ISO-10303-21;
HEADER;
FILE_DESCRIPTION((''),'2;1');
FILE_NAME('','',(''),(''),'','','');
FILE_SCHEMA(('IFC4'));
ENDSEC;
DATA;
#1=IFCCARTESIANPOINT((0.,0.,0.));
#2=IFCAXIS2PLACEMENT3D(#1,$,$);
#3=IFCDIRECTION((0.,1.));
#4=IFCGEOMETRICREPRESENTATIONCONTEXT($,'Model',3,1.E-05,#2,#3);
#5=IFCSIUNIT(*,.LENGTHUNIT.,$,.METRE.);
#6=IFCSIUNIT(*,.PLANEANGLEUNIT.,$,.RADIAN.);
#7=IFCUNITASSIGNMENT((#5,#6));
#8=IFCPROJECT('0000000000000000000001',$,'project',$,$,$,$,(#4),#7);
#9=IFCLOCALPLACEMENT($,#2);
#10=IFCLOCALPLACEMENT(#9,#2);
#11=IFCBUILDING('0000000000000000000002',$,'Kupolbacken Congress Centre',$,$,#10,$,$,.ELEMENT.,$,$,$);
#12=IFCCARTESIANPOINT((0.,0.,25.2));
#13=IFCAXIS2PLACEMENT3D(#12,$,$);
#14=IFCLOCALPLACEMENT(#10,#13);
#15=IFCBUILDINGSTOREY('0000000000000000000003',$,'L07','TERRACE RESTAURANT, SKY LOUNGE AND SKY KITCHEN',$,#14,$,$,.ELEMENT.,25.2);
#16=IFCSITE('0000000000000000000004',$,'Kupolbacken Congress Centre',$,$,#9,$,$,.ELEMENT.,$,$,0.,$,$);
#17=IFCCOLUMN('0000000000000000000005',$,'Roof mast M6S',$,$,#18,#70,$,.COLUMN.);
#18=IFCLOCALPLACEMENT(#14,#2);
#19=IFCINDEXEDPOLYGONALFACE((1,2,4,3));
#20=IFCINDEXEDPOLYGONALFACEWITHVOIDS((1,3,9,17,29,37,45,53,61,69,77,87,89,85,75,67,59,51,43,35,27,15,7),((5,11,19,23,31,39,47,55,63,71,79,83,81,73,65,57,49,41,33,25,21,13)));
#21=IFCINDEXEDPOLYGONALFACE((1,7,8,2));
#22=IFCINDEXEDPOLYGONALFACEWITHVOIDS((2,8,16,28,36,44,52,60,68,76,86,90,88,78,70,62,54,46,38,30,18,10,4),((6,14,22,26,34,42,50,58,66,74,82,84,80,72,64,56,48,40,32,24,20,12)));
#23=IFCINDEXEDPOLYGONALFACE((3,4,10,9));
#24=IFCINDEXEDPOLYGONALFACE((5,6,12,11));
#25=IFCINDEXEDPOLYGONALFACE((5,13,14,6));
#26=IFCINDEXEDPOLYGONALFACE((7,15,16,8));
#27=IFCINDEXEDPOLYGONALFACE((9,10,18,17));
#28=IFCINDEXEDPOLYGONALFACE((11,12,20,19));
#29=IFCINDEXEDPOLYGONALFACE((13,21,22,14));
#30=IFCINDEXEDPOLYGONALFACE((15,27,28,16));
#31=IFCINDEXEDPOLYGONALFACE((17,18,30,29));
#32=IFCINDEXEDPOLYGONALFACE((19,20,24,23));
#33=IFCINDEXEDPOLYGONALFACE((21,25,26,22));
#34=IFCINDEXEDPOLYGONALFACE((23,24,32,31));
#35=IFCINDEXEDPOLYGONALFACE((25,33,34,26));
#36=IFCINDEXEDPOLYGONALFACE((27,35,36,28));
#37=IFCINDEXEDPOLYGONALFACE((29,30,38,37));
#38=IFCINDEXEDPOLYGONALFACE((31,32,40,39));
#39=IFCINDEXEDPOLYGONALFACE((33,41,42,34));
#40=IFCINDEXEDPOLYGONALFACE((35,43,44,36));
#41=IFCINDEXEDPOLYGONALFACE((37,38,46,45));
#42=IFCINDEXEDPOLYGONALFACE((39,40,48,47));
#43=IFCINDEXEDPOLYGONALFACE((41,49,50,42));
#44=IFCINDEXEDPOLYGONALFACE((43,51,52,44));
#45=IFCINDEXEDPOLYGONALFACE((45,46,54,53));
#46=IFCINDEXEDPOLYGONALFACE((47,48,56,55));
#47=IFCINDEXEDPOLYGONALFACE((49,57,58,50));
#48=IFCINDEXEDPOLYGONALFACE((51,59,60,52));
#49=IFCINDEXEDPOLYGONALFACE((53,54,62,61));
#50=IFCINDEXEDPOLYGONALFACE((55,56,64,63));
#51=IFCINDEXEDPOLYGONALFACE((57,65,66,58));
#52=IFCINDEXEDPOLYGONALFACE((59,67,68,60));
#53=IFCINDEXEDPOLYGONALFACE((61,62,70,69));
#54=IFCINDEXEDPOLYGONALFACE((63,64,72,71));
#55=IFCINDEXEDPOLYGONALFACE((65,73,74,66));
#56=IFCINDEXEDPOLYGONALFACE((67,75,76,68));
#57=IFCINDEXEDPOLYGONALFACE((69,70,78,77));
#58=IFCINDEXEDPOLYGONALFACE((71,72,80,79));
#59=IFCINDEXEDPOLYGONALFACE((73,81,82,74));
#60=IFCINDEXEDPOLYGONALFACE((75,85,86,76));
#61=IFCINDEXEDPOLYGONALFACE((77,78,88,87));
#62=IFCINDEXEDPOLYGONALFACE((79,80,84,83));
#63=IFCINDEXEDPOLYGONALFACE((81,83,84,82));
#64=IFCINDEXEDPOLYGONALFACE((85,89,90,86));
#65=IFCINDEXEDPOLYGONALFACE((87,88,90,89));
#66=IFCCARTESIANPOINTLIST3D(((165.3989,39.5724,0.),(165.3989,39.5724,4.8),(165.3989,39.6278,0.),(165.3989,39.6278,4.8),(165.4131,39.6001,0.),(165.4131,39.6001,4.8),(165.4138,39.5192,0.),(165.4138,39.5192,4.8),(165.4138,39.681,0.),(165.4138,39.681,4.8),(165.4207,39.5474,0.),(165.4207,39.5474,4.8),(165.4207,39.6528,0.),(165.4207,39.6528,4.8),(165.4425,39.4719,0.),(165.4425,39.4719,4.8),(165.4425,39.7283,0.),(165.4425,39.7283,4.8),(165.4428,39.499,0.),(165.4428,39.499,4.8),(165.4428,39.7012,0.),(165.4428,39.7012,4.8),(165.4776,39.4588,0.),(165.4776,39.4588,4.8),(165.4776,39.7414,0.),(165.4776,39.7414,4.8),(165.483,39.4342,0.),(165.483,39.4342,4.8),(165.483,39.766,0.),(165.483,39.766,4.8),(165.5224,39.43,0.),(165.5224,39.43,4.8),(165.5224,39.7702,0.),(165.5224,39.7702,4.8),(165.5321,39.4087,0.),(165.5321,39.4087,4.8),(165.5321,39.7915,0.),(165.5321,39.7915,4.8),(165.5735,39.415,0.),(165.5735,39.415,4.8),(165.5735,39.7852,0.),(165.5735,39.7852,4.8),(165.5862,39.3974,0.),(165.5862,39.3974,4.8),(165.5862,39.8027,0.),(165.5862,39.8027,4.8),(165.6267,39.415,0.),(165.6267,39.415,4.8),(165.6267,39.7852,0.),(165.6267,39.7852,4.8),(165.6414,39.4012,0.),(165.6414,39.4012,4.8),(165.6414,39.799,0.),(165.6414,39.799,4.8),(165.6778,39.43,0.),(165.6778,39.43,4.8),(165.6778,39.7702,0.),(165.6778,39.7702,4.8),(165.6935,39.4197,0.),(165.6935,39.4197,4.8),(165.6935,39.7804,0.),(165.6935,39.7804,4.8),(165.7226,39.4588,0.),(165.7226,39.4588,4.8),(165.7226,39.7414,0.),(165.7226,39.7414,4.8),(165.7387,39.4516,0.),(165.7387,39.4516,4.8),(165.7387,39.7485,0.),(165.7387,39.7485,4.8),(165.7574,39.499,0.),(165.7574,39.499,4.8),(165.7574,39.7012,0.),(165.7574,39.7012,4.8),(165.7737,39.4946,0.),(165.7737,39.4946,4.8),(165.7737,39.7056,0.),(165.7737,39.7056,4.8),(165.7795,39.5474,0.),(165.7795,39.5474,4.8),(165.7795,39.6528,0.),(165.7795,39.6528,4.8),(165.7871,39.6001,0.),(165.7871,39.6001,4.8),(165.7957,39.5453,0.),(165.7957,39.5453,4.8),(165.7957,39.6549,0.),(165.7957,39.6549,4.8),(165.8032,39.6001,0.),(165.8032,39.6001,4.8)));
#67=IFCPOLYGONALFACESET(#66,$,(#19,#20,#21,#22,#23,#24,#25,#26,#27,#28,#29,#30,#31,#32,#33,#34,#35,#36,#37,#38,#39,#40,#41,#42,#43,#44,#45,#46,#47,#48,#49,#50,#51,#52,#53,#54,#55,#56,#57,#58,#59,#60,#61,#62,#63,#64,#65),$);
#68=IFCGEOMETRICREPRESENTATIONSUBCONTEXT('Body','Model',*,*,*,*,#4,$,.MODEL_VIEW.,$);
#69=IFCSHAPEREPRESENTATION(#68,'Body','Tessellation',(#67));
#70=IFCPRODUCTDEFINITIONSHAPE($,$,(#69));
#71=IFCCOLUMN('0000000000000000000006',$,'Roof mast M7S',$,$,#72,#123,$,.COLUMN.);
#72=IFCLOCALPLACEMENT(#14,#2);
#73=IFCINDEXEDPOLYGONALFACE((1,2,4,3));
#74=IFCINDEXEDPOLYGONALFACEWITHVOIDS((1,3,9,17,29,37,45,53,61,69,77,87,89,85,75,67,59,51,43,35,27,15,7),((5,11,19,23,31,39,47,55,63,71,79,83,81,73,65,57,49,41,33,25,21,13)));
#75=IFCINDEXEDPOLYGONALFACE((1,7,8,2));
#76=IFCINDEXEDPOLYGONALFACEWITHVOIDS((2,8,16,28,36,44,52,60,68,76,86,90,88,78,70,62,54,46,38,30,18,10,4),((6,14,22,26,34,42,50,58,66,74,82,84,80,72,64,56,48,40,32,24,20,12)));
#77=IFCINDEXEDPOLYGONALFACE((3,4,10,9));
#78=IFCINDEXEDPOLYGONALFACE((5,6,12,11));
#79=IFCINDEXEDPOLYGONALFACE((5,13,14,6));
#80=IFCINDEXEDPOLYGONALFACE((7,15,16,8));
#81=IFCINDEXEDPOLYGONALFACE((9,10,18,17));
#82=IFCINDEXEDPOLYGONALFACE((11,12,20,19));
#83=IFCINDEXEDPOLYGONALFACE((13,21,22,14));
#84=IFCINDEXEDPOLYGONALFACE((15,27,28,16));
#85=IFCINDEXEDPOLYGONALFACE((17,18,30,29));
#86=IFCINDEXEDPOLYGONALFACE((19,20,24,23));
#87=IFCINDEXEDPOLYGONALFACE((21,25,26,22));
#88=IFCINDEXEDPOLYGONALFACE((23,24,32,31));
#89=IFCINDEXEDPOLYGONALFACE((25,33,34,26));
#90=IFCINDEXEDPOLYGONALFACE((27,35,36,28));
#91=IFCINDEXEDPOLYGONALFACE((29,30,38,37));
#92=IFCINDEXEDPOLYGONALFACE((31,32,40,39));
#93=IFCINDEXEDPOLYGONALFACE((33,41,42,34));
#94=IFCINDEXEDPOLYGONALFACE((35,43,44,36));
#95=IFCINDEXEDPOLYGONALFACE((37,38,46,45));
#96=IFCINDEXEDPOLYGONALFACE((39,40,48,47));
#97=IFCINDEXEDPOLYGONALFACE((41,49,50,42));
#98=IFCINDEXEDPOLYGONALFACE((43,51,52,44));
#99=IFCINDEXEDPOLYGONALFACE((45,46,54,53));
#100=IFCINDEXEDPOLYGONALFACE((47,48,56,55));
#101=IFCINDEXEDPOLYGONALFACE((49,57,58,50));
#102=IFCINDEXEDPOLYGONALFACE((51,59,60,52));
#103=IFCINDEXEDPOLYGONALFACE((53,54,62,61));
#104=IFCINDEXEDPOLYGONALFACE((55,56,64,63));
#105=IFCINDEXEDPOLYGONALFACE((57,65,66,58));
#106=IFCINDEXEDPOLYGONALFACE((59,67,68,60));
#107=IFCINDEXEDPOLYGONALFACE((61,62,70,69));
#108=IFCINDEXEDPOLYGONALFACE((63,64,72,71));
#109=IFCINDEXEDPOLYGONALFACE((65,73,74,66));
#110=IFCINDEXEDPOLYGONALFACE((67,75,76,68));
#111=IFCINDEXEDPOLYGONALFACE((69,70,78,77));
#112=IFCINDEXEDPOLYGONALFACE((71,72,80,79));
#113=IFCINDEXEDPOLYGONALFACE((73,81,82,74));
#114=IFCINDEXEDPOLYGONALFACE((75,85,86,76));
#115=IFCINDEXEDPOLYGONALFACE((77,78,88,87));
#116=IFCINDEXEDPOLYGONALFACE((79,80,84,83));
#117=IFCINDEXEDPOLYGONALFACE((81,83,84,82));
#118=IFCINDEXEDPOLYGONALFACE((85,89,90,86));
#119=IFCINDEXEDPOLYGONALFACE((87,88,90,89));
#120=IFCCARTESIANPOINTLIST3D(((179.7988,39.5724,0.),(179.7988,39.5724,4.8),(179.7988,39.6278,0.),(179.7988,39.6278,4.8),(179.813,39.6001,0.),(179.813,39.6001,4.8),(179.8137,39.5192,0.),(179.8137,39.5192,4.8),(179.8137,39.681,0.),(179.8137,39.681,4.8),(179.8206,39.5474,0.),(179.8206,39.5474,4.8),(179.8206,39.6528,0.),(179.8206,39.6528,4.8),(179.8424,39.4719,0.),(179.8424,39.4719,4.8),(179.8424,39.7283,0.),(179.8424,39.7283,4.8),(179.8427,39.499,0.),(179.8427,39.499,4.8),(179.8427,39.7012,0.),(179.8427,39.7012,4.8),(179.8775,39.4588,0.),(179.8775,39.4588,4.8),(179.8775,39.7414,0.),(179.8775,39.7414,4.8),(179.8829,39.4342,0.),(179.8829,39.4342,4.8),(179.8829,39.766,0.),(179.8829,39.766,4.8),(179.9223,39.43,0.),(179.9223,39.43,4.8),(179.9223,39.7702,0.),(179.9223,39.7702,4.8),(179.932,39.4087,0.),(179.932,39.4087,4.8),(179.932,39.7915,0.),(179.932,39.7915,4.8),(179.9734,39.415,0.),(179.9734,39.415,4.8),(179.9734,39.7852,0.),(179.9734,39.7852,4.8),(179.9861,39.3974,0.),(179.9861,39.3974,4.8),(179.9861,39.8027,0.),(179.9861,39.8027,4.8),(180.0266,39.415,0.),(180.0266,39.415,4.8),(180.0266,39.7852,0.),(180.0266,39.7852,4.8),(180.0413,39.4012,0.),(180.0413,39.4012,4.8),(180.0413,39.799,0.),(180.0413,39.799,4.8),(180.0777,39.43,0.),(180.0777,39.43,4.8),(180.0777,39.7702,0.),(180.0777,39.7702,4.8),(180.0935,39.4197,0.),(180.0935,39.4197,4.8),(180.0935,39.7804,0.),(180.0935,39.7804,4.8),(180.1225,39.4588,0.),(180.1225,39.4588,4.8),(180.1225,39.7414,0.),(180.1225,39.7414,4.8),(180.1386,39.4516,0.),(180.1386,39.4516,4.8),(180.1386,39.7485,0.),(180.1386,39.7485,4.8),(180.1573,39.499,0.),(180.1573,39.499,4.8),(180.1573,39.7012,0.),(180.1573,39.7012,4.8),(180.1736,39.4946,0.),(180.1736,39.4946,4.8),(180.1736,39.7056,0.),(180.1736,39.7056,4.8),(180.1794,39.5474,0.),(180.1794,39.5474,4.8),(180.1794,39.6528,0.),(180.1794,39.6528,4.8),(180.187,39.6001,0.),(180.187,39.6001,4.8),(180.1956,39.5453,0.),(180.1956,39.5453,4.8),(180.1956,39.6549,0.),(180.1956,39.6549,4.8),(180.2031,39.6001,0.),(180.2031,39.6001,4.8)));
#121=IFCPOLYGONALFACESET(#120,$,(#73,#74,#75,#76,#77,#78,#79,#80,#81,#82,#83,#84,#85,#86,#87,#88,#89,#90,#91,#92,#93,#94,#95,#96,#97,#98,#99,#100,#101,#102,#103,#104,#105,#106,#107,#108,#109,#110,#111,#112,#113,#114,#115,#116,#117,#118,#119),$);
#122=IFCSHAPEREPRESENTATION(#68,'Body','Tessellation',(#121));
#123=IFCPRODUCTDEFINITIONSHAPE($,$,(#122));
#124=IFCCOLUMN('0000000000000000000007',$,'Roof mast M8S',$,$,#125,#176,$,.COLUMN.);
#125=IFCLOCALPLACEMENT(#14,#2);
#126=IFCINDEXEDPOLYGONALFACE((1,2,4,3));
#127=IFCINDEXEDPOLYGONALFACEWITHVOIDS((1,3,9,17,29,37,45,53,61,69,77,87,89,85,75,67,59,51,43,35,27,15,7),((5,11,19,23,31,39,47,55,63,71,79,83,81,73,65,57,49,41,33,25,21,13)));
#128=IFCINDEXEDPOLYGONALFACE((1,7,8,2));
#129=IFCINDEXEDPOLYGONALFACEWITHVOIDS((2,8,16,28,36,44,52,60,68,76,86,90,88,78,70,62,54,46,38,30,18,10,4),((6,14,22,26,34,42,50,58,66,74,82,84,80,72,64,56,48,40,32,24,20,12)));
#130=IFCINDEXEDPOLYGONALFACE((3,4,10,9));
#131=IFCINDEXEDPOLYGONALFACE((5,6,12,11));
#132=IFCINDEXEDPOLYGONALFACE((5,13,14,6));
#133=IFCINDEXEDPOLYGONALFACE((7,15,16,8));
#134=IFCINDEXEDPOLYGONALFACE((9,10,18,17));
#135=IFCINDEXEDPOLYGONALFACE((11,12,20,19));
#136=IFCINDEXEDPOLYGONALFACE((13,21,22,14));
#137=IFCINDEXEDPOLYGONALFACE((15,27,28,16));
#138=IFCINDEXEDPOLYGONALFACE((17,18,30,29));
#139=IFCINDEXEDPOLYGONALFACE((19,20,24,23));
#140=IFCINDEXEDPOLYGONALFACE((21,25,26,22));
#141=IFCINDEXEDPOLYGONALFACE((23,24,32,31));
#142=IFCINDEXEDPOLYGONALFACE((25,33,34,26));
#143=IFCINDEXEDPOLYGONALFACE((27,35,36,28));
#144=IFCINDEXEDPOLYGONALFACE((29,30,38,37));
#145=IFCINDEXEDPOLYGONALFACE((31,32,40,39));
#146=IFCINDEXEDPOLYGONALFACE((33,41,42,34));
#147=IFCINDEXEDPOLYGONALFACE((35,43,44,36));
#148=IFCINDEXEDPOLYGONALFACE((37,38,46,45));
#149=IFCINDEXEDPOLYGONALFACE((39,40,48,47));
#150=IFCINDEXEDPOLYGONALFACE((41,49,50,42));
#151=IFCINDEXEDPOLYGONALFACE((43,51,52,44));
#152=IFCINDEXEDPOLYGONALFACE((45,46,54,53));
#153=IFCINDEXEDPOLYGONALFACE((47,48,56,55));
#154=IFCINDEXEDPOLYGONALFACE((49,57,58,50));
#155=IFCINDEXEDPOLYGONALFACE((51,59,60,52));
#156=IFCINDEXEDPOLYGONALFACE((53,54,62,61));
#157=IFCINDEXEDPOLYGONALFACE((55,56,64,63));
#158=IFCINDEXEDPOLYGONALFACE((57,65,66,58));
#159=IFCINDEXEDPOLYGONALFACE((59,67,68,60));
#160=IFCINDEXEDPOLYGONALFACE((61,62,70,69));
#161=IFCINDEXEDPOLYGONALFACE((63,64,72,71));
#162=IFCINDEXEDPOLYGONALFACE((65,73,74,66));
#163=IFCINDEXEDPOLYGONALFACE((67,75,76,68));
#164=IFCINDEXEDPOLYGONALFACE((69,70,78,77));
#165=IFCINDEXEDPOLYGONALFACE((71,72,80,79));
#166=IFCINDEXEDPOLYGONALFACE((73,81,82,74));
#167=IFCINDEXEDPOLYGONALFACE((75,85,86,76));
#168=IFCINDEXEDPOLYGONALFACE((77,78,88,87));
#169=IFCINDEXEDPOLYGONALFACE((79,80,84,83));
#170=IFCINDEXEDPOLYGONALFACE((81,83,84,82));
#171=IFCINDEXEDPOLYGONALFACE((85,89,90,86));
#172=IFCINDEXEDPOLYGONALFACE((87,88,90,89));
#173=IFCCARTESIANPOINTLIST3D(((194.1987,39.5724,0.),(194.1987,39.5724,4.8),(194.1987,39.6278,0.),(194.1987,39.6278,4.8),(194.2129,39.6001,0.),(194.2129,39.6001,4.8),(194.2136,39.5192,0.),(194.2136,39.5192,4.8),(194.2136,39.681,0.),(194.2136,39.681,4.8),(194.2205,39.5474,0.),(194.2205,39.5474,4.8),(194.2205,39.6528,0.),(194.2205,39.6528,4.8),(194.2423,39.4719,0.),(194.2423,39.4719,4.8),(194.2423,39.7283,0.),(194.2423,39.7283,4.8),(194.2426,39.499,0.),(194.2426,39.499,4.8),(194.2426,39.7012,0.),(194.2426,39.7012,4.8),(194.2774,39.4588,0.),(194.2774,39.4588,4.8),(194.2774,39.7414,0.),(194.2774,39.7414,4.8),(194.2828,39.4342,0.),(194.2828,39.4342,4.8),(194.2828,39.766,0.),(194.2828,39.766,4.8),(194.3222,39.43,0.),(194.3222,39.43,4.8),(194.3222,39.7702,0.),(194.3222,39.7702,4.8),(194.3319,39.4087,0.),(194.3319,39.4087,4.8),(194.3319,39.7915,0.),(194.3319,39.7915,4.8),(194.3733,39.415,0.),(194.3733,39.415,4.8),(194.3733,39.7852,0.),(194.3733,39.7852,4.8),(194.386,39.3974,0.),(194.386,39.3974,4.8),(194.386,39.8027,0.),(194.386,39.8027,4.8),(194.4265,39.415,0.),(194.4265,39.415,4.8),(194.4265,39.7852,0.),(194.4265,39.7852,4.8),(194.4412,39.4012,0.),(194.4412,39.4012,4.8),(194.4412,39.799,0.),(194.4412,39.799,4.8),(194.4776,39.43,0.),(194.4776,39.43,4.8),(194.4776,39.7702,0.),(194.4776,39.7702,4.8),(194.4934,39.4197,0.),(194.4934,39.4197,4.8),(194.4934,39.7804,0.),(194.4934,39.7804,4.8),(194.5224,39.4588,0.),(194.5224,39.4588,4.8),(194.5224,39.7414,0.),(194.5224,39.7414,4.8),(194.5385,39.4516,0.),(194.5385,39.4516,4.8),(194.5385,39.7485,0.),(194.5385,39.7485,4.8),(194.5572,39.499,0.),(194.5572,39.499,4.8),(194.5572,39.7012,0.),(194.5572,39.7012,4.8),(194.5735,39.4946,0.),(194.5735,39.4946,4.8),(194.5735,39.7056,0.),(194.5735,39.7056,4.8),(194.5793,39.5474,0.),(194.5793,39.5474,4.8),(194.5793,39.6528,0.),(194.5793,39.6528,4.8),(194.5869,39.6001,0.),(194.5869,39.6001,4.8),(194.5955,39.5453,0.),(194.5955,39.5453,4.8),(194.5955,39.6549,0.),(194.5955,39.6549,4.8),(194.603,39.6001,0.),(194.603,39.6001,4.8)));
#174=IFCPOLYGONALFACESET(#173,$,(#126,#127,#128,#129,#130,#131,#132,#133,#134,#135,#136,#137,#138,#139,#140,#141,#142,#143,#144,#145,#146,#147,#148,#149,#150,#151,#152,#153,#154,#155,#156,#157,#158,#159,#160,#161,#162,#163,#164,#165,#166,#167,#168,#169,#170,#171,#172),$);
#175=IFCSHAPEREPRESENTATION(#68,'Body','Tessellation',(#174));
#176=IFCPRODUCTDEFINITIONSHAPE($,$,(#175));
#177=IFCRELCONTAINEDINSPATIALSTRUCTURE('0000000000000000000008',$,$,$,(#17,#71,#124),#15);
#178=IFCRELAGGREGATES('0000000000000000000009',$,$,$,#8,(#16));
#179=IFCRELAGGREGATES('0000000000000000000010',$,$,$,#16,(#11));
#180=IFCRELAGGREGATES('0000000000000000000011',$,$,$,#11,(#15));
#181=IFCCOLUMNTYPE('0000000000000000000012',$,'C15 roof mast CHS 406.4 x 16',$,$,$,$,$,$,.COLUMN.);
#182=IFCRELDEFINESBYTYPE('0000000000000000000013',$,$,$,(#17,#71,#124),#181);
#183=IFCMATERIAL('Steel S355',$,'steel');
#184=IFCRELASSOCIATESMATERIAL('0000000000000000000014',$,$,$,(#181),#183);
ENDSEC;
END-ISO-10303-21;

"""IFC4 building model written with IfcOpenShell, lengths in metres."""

from ifc_helpers import new_model, si_unit, direction, frame, origin, origin_2d, place, context, subcontext, project, spatial, hollow_circle, extrude, material, material_profile, profile_set, type_object, element, save


model = new_model("IFC4")

# Units and contexts
model_context = context("Model", 3, precision=1e-05, world=origin(), true_north=direction((0.0, 1.0)))
body_context = subcontext(model_context, "Body", "Model", "MODEL_VIEW")
ifc_project = project(units=[si_unit("LENGTHUNIT", "METRE"), si_unit("PLANEANGLEUNIT", "RADIAN")], contexts=[model_context])

# Site, building, storey
site_placement = place(None, origin())
site = spatial("IfcSite", under=ifc_project, at=site_placement, Name="Kupolbacken Congress Centre", CompositionType="ELEMENT", RefElevation=0.0)
building_placement = place(site_placement, origin())
building = spatial("IfcBuilding", under=site, at=building_placement, Name="Kupolbacken Congress Centre", CompositionType="ELEMENT")
storey_placement = place(building_placement, frame((0.0, 0.0, 25.2)))
storey = spatial("IfcBuildingStorey", under=building, at=storey_placement, Name="L07", Description="TERRACE RESTAURANT, SKY LOUNGE AND SKY KITCHEN", CompositionType="ELEMENT", Elevation=25.2)

# Columns
ifc_material_1 = material(Name="Steel S355", Category="steel")
ifc_material_profile_1 = material_profile(ifc_material_1, hollow_circle(Radius=0.2031, WallThickness=0.0161, at=origin_2d()), Name="CHS 406.4 x 16")
ifc_profile_set_1 = profile_set([ifc_material_profile_1], Name="Steel S355")
column_type = type_object("IfcColumnType", Name="C15 roof mast CHS 406.4 x 16", PredefinedType="COLUMN", material=ifc_profile_set_1)
for number, where, z_axis, x_axis, name in (
    (1, (165.6001, 39.6001, 0.0), (0.0, 0.0, 1.0), (1.0, 0.0, 0.0), "Roof mast M6S"),
    (2, (180.0, 39.6001, 0.0), (0.0, 0.0, 1.0), (1.0, 0.0, 0.0), "Roof mast M7S"),
    (3, (194.3999, 39.6001, 0.0), (0.0, 0.0, 1.0), (1.0, 0.0, 0.0), "Roof mast M8S"),
):
    element("IfcColumn", number, at=place(storey_placement, frame(where, z_axis=z_axis, x_axis=x_axis)), inside=storey, type_object=column_type, Name=name, PredefinedType="COLUMN", context=body_context, shape_type="SweptSolid", body=[
        extrude(hollow_circle(Radius=0.2031, WallThickness=0.0161, at=origin_2d()), origin(), (0.0, 0.0, 1.0), 4.8),
    ])

save(model, "model.ifc")
